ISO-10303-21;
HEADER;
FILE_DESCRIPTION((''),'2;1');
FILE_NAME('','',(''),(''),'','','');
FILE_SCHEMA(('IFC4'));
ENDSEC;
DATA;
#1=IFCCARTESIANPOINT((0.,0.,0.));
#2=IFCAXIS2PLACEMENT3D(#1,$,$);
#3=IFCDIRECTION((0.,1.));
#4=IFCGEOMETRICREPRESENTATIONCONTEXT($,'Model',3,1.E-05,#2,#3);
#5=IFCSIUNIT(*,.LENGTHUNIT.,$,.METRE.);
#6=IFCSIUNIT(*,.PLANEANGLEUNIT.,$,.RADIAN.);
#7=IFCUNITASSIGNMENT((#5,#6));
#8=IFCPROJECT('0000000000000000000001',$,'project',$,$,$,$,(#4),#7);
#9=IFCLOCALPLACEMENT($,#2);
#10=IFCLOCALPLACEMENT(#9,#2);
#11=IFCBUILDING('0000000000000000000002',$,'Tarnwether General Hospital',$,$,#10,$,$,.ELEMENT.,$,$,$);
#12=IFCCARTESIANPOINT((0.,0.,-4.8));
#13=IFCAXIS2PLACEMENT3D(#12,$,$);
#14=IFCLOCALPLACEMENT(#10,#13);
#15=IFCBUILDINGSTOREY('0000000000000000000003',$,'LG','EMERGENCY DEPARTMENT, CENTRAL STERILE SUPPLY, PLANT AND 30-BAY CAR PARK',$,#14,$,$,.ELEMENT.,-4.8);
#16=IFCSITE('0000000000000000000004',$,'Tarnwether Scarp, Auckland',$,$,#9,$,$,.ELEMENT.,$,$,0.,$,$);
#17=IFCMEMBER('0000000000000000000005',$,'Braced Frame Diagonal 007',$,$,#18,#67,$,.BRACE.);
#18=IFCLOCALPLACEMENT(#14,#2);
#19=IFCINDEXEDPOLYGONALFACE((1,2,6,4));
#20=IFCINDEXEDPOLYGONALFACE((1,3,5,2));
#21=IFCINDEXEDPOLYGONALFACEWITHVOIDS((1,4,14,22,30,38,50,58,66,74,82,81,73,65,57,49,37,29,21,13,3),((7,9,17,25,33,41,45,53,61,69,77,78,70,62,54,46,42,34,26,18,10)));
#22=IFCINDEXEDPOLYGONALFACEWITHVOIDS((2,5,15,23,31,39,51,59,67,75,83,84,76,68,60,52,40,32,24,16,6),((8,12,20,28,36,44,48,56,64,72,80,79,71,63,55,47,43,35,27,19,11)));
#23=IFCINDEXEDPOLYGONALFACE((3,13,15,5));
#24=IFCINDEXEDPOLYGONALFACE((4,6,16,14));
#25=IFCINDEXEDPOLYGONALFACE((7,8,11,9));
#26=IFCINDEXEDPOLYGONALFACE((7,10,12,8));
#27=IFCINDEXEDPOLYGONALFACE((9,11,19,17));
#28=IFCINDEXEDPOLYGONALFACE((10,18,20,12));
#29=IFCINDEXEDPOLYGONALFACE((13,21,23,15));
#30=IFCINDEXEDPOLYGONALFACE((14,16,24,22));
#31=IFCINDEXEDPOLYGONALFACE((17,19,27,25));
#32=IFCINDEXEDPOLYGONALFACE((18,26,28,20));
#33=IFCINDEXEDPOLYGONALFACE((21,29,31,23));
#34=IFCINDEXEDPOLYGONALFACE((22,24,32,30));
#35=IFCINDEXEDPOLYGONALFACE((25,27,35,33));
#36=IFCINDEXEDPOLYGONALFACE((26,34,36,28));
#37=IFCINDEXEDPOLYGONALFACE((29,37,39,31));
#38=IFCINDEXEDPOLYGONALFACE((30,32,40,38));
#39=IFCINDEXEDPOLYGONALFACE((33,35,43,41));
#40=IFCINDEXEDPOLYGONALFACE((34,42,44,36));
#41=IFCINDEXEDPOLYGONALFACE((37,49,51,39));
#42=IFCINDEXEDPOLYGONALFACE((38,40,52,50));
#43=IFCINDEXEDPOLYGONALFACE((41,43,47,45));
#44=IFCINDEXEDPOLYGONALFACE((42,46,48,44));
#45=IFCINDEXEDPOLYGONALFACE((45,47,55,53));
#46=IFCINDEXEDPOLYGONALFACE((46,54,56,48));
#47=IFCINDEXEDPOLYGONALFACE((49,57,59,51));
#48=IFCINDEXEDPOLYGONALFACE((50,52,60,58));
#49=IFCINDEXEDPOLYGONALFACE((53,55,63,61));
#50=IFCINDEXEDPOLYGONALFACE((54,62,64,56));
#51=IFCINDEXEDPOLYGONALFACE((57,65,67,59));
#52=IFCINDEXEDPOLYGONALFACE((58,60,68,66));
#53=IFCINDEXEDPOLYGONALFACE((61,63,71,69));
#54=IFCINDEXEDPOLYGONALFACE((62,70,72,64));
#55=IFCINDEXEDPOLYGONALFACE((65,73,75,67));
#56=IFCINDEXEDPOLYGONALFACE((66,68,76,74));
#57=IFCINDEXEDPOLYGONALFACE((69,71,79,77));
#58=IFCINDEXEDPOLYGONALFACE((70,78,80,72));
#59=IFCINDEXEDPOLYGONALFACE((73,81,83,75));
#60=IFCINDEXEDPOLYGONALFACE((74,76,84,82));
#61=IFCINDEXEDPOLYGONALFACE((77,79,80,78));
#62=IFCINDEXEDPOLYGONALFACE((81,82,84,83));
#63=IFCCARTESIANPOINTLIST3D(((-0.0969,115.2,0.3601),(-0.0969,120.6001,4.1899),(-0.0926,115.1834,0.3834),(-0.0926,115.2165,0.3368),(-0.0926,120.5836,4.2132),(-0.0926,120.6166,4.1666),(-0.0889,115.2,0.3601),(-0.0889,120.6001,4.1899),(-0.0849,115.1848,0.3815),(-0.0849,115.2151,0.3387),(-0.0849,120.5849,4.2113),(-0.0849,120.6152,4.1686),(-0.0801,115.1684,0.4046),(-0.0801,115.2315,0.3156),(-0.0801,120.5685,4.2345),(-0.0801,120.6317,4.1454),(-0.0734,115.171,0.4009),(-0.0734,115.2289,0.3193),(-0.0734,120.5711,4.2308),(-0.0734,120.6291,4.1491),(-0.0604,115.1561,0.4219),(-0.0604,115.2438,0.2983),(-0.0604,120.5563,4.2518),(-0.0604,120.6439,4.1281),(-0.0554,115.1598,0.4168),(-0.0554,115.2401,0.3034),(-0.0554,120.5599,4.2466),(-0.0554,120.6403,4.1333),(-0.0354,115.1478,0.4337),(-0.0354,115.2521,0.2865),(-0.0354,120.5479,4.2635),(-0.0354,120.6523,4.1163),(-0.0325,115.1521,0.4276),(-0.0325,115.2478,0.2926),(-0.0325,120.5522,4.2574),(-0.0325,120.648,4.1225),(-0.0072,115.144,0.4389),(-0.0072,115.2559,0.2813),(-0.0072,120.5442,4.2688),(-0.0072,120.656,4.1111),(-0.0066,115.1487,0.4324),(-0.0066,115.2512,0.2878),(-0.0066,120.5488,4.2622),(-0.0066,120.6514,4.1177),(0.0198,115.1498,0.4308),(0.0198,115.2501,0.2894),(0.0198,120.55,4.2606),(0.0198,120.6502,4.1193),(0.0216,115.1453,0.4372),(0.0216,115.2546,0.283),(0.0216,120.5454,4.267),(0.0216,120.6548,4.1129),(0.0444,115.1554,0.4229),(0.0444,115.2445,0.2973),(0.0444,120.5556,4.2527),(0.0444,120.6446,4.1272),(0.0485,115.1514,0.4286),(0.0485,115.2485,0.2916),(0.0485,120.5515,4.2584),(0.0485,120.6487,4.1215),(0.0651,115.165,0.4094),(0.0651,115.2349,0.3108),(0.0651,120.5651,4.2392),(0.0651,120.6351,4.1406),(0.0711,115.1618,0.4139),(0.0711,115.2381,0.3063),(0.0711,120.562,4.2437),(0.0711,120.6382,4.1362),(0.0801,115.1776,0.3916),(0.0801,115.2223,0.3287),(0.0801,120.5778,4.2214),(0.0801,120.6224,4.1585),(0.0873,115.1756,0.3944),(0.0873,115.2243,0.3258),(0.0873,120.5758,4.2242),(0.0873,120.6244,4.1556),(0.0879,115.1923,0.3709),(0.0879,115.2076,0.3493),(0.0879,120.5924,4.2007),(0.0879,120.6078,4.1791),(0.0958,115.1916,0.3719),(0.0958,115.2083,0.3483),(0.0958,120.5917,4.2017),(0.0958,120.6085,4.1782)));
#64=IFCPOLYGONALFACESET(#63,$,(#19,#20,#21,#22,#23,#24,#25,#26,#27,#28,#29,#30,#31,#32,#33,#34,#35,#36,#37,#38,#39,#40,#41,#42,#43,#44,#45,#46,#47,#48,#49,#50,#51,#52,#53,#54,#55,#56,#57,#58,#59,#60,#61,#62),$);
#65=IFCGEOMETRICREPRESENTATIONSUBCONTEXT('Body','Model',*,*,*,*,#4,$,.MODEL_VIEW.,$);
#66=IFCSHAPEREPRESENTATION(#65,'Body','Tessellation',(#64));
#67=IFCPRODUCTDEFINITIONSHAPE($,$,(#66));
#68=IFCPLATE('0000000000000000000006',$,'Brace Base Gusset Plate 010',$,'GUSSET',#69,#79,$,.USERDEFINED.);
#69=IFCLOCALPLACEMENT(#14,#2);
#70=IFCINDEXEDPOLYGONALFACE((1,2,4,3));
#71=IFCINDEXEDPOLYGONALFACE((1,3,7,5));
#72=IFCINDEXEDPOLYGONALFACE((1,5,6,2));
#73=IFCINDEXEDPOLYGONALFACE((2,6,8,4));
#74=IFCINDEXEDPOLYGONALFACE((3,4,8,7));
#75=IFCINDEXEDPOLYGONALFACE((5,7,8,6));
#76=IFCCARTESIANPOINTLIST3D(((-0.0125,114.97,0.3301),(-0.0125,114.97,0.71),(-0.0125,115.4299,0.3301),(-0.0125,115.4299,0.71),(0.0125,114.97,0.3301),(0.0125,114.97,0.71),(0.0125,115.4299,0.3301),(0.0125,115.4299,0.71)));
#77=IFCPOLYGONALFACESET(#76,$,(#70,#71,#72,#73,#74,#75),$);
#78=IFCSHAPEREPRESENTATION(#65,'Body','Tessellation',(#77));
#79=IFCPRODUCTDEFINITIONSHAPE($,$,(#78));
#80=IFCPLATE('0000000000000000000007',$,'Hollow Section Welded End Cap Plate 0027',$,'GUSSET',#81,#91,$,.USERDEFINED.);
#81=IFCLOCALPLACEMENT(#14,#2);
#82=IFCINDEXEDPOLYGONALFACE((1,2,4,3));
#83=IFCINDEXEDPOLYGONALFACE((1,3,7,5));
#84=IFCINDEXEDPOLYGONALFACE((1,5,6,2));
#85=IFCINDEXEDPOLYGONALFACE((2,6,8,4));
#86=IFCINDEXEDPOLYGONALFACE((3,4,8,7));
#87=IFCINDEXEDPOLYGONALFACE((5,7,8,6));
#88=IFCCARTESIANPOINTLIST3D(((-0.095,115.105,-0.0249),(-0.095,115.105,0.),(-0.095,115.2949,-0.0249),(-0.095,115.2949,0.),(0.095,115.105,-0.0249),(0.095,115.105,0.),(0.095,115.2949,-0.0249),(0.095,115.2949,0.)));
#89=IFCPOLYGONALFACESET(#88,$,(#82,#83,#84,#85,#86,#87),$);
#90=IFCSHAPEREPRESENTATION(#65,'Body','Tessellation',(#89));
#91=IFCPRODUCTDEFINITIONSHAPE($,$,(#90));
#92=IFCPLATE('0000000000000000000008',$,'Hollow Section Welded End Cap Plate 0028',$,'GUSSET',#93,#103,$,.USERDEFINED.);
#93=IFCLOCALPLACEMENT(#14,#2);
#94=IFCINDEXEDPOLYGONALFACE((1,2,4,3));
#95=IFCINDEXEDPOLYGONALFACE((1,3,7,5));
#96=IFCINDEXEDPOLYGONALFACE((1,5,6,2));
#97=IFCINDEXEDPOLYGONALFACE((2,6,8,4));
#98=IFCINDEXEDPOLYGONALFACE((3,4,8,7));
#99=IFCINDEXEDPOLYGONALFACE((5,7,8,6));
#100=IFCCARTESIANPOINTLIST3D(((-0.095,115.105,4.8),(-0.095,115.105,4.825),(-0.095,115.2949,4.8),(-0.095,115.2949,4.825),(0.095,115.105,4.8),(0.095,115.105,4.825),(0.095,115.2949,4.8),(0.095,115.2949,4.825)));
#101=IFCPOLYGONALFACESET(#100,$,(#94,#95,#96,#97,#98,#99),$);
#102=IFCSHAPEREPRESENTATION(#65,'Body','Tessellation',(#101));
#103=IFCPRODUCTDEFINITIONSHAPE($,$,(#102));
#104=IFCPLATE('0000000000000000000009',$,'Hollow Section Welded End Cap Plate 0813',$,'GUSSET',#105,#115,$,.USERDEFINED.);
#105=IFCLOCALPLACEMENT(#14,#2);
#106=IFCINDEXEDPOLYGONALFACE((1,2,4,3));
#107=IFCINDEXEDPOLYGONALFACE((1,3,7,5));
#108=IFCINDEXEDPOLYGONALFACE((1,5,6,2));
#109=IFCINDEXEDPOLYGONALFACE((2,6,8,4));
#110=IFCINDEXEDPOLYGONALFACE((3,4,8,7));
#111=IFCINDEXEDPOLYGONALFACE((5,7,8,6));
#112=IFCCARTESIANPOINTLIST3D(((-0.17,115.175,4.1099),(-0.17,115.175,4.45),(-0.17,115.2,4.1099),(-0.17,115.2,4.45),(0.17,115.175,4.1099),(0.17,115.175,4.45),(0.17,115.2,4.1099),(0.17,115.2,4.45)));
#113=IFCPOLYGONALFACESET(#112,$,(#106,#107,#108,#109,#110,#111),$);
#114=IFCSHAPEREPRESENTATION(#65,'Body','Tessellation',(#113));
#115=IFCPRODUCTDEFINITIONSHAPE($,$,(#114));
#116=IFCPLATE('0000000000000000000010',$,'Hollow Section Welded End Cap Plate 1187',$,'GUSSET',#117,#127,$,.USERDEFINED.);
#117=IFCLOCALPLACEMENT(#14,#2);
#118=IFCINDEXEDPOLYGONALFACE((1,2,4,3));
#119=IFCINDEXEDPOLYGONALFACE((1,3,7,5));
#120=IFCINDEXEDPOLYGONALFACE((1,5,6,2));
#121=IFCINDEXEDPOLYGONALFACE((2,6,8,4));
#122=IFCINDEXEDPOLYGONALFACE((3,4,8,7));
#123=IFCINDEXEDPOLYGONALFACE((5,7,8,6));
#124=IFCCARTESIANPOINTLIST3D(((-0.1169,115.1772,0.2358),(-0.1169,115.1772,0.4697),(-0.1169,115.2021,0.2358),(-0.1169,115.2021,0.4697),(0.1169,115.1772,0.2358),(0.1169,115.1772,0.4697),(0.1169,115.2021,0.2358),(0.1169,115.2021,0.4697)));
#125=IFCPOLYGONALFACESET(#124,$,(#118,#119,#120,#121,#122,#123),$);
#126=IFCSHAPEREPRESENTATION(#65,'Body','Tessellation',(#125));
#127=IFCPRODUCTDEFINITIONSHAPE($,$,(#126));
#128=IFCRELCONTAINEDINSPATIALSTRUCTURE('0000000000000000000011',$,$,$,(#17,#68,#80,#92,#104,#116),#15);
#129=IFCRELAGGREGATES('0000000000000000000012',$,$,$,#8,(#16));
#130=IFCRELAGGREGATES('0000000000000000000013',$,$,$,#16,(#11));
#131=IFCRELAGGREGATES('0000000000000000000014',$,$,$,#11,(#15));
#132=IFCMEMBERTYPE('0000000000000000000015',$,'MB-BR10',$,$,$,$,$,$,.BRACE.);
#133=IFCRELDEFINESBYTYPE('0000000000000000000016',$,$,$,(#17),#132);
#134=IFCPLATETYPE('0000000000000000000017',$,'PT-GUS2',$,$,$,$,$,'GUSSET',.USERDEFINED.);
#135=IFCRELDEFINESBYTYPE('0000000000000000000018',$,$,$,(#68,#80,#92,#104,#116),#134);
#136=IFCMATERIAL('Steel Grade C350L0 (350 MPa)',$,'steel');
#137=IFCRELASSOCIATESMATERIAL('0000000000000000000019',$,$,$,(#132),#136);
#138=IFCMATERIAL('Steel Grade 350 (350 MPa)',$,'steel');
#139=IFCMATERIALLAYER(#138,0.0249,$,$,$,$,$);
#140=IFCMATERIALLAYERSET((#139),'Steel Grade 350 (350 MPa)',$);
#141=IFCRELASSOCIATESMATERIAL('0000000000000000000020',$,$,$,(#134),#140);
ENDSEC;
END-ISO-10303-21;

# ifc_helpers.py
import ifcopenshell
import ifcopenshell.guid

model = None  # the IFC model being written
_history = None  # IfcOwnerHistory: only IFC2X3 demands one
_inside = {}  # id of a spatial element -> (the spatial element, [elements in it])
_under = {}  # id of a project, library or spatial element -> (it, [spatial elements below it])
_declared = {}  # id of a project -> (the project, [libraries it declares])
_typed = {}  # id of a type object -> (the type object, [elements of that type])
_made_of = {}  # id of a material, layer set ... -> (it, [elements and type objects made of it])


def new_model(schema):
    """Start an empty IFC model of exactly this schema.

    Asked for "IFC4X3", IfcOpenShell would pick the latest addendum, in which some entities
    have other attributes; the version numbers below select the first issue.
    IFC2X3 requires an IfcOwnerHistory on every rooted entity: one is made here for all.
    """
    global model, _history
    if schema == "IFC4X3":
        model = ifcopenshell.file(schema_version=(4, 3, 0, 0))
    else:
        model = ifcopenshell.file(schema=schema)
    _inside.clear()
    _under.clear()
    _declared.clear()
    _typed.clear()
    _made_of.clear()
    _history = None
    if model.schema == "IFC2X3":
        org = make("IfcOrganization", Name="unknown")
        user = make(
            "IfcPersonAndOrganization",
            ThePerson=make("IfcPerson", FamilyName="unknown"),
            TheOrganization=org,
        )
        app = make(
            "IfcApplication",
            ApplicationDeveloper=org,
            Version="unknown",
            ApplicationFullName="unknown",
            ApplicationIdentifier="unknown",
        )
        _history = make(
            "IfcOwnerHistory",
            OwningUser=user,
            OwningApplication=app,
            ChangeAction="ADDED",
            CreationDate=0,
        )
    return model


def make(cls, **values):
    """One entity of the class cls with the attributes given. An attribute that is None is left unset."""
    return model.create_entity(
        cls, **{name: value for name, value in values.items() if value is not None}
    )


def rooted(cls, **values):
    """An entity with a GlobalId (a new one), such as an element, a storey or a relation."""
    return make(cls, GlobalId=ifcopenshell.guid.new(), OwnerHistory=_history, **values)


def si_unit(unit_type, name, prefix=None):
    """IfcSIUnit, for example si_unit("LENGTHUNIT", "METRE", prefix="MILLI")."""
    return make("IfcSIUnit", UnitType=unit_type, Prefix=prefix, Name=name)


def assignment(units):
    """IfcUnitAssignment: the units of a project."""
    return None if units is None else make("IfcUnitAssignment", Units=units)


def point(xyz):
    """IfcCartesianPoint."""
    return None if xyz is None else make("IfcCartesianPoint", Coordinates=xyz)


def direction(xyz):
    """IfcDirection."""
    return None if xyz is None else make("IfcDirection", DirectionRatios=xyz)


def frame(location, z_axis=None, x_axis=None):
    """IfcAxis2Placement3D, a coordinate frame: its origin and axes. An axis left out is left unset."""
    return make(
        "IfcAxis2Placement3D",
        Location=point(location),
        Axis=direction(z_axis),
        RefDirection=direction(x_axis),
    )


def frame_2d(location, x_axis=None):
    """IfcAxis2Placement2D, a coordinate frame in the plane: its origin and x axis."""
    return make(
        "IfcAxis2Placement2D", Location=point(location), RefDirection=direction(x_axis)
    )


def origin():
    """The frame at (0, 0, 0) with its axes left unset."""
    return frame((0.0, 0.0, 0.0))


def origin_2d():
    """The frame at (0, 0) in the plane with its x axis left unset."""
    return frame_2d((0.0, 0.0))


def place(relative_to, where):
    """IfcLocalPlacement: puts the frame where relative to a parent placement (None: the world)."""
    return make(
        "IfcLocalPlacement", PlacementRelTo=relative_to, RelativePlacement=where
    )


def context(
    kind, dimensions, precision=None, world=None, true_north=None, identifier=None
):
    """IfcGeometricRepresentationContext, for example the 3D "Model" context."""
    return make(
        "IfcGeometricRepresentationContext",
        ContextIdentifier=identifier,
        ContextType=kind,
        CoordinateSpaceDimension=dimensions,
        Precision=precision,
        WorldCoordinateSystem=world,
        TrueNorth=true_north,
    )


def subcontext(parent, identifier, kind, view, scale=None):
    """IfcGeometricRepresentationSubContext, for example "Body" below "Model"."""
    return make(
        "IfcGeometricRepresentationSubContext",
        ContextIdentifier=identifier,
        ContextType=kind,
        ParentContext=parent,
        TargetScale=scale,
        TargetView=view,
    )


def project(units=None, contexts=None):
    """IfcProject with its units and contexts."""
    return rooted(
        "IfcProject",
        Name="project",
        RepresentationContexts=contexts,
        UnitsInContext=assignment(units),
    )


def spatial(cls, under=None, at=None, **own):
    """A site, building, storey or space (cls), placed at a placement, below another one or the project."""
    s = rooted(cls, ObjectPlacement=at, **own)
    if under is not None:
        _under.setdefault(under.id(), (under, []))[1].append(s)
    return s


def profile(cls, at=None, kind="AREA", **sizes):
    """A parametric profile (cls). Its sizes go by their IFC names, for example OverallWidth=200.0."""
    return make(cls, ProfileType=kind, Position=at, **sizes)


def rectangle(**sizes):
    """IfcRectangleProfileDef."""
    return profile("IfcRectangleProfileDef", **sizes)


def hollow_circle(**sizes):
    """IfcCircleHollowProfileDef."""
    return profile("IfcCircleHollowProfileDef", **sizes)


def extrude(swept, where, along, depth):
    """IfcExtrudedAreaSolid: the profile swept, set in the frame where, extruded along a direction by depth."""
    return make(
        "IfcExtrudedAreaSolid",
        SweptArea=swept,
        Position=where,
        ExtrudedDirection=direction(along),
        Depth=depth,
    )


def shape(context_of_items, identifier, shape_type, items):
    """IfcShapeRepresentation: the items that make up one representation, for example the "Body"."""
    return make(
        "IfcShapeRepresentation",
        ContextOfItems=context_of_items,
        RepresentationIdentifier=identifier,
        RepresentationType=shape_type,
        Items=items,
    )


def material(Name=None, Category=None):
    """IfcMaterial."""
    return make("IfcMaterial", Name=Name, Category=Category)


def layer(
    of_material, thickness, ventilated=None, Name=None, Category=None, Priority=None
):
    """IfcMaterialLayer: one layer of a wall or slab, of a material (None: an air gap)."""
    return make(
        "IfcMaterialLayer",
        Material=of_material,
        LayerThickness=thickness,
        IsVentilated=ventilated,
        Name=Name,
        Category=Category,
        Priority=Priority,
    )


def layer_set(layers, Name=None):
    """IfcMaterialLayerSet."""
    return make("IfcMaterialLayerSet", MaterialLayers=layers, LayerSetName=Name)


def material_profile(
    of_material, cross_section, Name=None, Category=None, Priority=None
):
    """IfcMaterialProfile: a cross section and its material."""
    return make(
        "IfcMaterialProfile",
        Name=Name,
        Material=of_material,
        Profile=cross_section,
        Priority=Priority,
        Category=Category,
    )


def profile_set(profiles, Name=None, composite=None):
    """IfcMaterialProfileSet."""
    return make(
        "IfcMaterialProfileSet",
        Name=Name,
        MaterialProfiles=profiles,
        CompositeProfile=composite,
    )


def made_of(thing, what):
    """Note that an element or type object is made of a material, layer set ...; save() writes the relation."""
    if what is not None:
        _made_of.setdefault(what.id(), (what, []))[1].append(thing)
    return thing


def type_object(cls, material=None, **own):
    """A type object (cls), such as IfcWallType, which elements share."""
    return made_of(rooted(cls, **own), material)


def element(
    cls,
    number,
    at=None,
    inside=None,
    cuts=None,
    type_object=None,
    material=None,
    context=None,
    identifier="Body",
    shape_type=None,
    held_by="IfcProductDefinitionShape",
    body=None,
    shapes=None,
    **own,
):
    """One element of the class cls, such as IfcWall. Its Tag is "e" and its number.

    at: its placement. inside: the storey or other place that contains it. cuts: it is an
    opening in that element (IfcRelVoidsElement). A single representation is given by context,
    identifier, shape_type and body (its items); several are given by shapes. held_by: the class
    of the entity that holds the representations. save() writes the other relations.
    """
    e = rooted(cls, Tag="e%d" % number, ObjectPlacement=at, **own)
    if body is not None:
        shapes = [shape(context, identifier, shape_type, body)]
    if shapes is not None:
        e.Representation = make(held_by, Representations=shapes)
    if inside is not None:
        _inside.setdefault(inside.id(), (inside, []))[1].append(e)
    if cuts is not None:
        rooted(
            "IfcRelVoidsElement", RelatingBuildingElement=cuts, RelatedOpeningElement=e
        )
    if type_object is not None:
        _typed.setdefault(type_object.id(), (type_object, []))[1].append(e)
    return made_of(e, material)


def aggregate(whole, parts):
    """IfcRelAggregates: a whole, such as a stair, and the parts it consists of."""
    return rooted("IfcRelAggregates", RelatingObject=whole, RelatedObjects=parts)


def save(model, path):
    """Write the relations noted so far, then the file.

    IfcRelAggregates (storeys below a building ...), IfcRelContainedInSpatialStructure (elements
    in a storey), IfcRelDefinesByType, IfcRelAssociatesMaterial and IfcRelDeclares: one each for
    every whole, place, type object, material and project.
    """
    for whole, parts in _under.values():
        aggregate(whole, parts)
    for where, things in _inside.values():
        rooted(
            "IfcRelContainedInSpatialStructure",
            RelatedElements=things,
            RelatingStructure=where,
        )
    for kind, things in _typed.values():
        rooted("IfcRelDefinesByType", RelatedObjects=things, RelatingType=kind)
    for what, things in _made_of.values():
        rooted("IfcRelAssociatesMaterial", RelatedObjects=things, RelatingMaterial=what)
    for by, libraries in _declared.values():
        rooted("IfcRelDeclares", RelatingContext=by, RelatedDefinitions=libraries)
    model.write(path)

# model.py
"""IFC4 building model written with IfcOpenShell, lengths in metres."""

from ifc_helpers import new_model, si_unit, direction, frame, origin, origin_2d, place, context, subcontext, project, spatial, rectangle, hollow_circle, extrude, material, layer, layer_set, material_profile, profile_set, type_object, element, save


model = new_model("IFC4")

# Units and contexts
model_context = context("Model", 3, precision=1e-05, world=origin(), true_north=direction((0.0, 1.0)))
body_context = subcontext(model_context, "Body", "Model", "MODEL_VIEW")
ifc_project = project(units=[si_unit("LENGTHUNIT", "METRE"), si_unit("PLANEANGLEUNIT", "RADIAN")], contexts=[model_context])

# Site, building, storey
site_placement = place(None, origin())
site = spatial("IfcSite", under=ifc_project, at=site_placement, Name="Tarnwether Scarp, Auckland", CompositionType="ELEMENT", RefElevation=0.0)
building_placement = place(site_placement, origin())
building = spatial("IfcBuilding", under=site, at=building_placement, Name="Tarnwether General Hospital", CompositionType="ELEMENT")
storey_placement = place(building_placement, frame((0.0, 0.0, -4.8)))
storey = spatial("IfcBuildingStorey", under=building, at=storey_placement, Name="LG", Description="EMERGENCY DEPARTMENT, CENTRAL STERILE SUPPLY, PLANT AND 30-BAY CAR PARK", CompositionType="ELEMENT", Elevation=-4.8)

# Member
ifc_material_1 = material(Name="Steel Grade C350L0 (350 MPa)", Category="steel")
ifc_material_profile_1 = material_profile(ifc_material_1, hollow_circle(Radius=0.0969, WallThickness=0.0081, at=origin_2d()), Name="CHS193.7x8.0")
ifc_profile_set_1 = profile_set([ifc_material_profile_1], Name="Steel Grade C350L0 (350 MPa)")
member_type = type_object("IfcMemberType", Name="MB-BR10", PredefinedType="BRACE", material=ifc_profile_set_1)
member_placement = place(storey_placement, frame((0.0, 115.2, 0.3601), z_axis=(0.0, 0.815687, 0.578493), x_axis=(-1.0, 0.0, 0.0)))
element("IfcMember", 1, at=member_placement, inside=storey, type_object=member_type, Name="Braced Frame Diagonal 007", PredefinedType="BRACE", context=body_context, shape_type="SweptSolid", body=[
    extrude(hollow_circle(Radius=0.0969, WallThickness=0.0081, at=origin_2d()), origin(), (0.0, 0.0, 1.0), 6.6204),
])

# Plates
ifc_material_2 = material(Name="Steel Grade 350 (350 MPa)", Category="steel")
ifc_layer = layer(ifc_material_2, 0.0249)
ifc_layer_set = layer_set([ifc_layer], Name="Steel Grade 350 (350 MPa)")
plate_type = type_object("IfcPlateType", Name="PT-GUS2", ElementType="GUSSET", PredefinedType="USERDEFINED", material=ifc_layer_set)
plate_1_placement = place(storey_placement, frame((0.0, 115.2, 0.3301), z_axis=(0.0, 0.0, 1.0), x_axis=(0.0, 1.0, 0.0)))
element("IfcPlate", 2, at=plate_1_placement, inside=storey, type_object=plate_type, Name="Brace Base Gusset Plate 010", ObjectType="GUSSET", PredefinedType="USERDEFINED", context=body_context, shape_type="SweptSolid", body=[
    extrude(rectangle(XDim=0.46, YDim=0.0249, at=origin_2d()), origin(), (0.0, 0.0, 1.0), 0.3799),
])
for number, where, z_axis, x_axis, name in (
    (3, (0.0, 115.2, -0.0249), (0.0, 0.0, 1.0), (1.0, 0.0, 0.0), "Hollow Section Welded End Cap Plate 0027"),
    (4, (0.0, 115.2, 4.8), (0.0, 0.0, 1.0), (1.0, 0.0, 0.0), "Hollow Section Welded End Cap Plate 0028"),
):
    element("IfcPlate", number, at=place(storey_placement, frame(where, z_axis=z_axis, x_axis=x_axis)), inside=storey, type_object=plate_type, Name=name, ObjectType="GUSSET", PredefinedType="USERDEFINED", context=body_context, shape_type="SweptSolid", body=[
        extrude(rectangle(XDim=0.1899, YDim=0.1899, at=origin_2d()), origin(), (0.0, 0.0, 1.0), 0.0249),
    ])
plate_2_placement = place(storey_placement, frame((0.0, 115.1875, 4.1099), z_axis=(0.0, 0.0, 1.0), x_axis=(0.0, 1.0, 0.0)))
element("IfcPlate", 5, at=plate_2_placement, inside=storey, type_object=plate_type, Name="Hollow Section Welded End Cap Plate 0813", ObjectType="GUSSET", PredefinedType="USERDEFINED", context=body_context, shape_type="SweptSolid", body=[
    extrude(rectangle(XDim=0.0249, YDim=0.3401, at=origin_2d()), origin(), (0.0, 0.0, 1.0), 0.3401),
])
plate_3_placement = place(storey_placement, frame((0.0, 115.1897, 0.2358), z_axis=(0.0, 0.0, 1.0), x_axis=(0.0, 1.0, 0.0)))
element("IfcPlate", 6, at=plate_3_placement, inside=storey, type_object=plate_type, Name="Hollow Section Welded End Cap Plate 1187", ObjectType="GUSSET", PredefinedType="USERDEFINED", context=body_context, shape_type="SweptSolid", body=[
    extrude(rectangle(XDim=0.0249, YDim=0.2339, at=origin_2d()), origin(), (0.0, 0.0, 1.0), 0.2339),
])

save(model, "model.ifc")
